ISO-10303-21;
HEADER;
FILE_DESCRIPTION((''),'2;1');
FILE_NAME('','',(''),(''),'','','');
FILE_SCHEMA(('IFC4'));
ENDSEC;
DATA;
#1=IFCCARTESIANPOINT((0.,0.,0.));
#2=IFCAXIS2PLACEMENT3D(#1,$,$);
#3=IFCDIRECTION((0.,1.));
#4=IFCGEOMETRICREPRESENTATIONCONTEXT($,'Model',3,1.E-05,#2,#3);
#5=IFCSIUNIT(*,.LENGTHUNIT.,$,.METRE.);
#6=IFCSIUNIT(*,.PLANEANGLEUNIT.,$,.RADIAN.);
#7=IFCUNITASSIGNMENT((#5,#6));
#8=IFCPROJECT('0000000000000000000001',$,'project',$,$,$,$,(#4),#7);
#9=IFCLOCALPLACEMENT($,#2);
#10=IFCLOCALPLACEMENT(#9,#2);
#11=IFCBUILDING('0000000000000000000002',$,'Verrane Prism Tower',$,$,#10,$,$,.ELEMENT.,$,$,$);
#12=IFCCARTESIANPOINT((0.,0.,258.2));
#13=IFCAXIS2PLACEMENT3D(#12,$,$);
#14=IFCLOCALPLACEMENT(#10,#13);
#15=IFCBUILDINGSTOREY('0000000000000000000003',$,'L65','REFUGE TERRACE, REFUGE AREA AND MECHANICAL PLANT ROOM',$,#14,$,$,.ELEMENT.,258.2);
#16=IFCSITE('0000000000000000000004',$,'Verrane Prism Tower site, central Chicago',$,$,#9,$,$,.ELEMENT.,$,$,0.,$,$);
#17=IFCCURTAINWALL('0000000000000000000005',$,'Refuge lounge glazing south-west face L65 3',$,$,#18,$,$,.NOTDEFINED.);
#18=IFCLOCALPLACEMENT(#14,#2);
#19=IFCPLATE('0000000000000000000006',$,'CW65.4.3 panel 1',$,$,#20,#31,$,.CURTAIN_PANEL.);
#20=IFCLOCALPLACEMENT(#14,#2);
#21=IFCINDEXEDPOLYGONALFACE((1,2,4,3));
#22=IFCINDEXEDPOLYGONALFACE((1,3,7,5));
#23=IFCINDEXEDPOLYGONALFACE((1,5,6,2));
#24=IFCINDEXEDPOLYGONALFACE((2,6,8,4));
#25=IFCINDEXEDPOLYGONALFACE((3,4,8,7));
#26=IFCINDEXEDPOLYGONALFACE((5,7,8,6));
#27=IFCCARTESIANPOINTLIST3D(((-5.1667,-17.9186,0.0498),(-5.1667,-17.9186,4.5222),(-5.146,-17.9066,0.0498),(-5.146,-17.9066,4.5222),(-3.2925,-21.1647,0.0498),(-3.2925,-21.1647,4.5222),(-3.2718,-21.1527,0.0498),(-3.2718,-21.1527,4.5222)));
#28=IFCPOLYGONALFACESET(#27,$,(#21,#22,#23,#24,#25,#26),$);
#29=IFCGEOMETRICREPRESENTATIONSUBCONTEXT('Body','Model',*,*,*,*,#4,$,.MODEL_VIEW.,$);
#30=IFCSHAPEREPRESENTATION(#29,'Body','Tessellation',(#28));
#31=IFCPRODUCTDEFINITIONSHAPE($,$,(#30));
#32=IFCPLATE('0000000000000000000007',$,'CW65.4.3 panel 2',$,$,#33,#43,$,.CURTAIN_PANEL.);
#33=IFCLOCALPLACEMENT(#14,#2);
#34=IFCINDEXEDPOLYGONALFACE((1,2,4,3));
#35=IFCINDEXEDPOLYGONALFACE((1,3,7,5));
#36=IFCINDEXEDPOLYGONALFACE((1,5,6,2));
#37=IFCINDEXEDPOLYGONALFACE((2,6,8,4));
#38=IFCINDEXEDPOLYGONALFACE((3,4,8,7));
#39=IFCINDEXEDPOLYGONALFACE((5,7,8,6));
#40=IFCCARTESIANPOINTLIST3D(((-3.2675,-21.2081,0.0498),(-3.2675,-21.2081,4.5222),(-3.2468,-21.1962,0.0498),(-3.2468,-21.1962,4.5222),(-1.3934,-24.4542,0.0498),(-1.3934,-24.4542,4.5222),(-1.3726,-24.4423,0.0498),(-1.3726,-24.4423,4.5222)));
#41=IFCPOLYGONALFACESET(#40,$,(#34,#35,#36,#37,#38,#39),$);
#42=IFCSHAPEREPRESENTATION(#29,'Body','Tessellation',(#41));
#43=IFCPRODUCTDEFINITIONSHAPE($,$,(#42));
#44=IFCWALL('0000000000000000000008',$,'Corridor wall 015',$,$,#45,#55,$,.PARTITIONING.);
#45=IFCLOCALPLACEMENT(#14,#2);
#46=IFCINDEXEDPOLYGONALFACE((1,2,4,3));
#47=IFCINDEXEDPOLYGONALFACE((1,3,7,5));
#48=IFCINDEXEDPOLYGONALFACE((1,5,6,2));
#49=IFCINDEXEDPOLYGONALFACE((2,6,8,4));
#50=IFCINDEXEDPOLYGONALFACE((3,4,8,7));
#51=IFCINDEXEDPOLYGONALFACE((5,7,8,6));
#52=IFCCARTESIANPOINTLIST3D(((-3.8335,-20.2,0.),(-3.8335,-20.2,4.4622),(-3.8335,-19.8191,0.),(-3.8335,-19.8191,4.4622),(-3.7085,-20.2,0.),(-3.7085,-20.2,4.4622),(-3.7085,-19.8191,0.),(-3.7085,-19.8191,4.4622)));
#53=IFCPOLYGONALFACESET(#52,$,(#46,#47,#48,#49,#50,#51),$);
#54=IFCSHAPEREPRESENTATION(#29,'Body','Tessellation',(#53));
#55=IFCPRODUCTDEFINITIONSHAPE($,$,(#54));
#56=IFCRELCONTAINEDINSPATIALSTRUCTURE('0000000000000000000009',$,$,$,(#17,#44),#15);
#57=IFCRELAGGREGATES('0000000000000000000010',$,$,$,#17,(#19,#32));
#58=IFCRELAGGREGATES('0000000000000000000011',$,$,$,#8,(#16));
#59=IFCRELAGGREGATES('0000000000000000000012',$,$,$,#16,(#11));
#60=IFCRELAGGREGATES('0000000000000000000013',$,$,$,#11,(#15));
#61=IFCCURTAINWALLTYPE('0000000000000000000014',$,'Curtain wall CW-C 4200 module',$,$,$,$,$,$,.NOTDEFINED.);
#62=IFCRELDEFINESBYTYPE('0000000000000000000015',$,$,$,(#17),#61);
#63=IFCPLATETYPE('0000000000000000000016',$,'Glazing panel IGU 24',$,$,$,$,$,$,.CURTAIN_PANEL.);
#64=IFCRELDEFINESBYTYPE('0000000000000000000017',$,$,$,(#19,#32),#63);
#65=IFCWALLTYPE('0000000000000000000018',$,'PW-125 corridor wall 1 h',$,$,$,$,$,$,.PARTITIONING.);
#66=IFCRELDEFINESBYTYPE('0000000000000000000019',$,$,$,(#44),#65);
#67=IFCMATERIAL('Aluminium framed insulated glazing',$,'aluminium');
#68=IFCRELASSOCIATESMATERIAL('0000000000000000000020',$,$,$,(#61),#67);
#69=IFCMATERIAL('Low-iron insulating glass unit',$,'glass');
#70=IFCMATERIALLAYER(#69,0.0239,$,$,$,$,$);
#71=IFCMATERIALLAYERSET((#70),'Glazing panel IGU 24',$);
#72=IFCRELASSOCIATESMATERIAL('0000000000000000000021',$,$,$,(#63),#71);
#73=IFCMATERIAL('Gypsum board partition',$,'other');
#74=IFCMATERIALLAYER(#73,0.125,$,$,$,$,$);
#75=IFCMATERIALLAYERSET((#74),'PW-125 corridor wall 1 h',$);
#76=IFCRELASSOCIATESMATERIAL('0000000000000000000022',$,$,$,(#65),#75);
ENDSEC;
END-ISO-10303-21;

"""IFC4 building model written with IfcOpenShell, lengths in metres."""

from ifc_helpers import new_model, si_unit, direction, frame, frame_2d, origin, origin_2d, place, context, subcontext, project, spatial, rectangle, extrude, material, layer, layer_set, type_object, element, aggregate, save


model = new_model("IFC4")

# Units and contexts
model_context = context("Model", 3, precision=1e-05, world=origin(), true_north=direction((0.0, 1.0)))
body_context = subcontext(model_context, "Body", "Model", "MODEL_VIEW")
ifc_project = project(units=[si_unit("LENGTHUNIT", "METRE"), si_unit("PLANEANGLEUNIT", "RADIAN")], contexts=[model_context])

# Site, building, storey
site_placement = place(None, origin())
site = spatial("IfcSite", under=ifc_project, at=site_placement, Name="Verrane Prism Tower site, central Chicago", CompositionType="ELEMENT", RefElevation=0.0)
building_placement = place(site_placement, origin())
building = spatial("IfcBuilding", under=site, at=building_placement, Name="Verrane Prism Tower", CompositionType="ELEMENT")
storey_placement = place(building_placement, frame((0.0, 0.0, 258.2)))
storey = spatial("IfcBuildingStorey", under=building, at=storey_placement, Name="L65", Description="REFUGE TERRACE, REFUGE AREA AND MECHANICAL PLANT ROOM", CompositionType="ELEMENT", Elevation=258.2)

# Curtain wall
ifc_material_1 = material(Name="Aluminium framed insulated glazing", Category="aluminium")
curtain_wall_type = type_object("IfcCurtainWallType", Name="Curtain wall CW-C 4200 module", PredefinedType="NOTDEFINED", material=ifc_material_1)
curtain_wall_placement = place(storey_placement, origin())
curtain_wall = element("IfcCurtainWall", 1, at=curtain_wall_placement, inside=storey, type_object=curtain_wall_type, Name="Refuge lounge glazing south-west face L65 3", PredefinedType="NOTDEFINED")

# Plates
ifc_material_2 = material(Name="Low-iron insulating glass unit", Category="glass")
ifc_layer_1 = layer(ifc_material_2, 0.0239)
ifc_layer_set_1 = layer_set([ifc_layer_1], Name="Glazing panel IGU 24")
plate_type = type_object("IfcPlateType", Name="Glazing panel IGU 24", PredefinedType="CURTAIN_PANEL", material=ifc_layer_set_1)
plate_1_placement = place(storey_placement, frame((-4.2192, -19.5356, 0.0498), z_axis=(0.0, 0.0, 1.0), x_axis=(0.500001, -0.866025, 0.0)))
plate_1 = element("IfcPlate", 2, at=plate_1_placement, type_object=plate_type, Name="CW65.4.3 panel 1", PredefinedType="CURTAIN_PANEL", context=body_context, shape_type="SweptSolid", body=[
    extrude(rectangle(XDim=3.7483, YDim=0.0239, at=origin_2d()), origin(), (0.0, 0.0, 1.0), 4.4724),
])
plate_2_placement = place(storey_placement, frame((-2.3201, -22.8252, 0.0498), z_axis=(0.0, 0.0, 1.0), x_axis=(0.500001, -0.866025, 0.0)))
plate_2 = element("IfcPlate", 3, at=plate_2_placement, type_object=plate_type, Name="CW65.4.3 panel 2", PredefinedType="CURTAIN_PANEL", context=body_context, shape_type="SweptSolid", body=[
    extrude(rectangle(XDim=3.7483, YDim=0.0239, at=origin_2d()), origin(), (0.0, 0.0, 1.0), 4.4724),
])
aggregate(curtain_wall, [plate_1, plate_2])

# Wall
ifc_material_3 = material(Name="Gypsum board partition", Category="other")
ifc_layer_2 = layer(ifc_material_3, 0.125)
ifc_layer_set_2 = layer_set([ifc_layer_2], Name="PW-125 corridor wall 1 h")
wall_type = type_object("IfcWallType", Name="PW-125 corridor wall 1 h", PredefinedType="PARTITIONING", material=ifc_layer_set_2)
wall_placement = place(storey_placement, frame((-3.771, -20.2, 0.0), z_axis=(0.0, 0.0, 1.0), x_axis=(0.0, 1.0, 0.0)))
element("IfcWall", 4, at=wall_placement, inside=storey, type_object=wall_type, Name="Corridor wall 015", PredefinedType="PARTITIONING", context=body_context, shape_type="SweptSolid", body=[
    extrude(rectangle(XDim=0.3809, YDim=0.125, at=frame_2d((0.1904, 0.0))), origin(), (0.0, 0.0, 1.0), 4.4622),
])

save(model, "model.ifc")
